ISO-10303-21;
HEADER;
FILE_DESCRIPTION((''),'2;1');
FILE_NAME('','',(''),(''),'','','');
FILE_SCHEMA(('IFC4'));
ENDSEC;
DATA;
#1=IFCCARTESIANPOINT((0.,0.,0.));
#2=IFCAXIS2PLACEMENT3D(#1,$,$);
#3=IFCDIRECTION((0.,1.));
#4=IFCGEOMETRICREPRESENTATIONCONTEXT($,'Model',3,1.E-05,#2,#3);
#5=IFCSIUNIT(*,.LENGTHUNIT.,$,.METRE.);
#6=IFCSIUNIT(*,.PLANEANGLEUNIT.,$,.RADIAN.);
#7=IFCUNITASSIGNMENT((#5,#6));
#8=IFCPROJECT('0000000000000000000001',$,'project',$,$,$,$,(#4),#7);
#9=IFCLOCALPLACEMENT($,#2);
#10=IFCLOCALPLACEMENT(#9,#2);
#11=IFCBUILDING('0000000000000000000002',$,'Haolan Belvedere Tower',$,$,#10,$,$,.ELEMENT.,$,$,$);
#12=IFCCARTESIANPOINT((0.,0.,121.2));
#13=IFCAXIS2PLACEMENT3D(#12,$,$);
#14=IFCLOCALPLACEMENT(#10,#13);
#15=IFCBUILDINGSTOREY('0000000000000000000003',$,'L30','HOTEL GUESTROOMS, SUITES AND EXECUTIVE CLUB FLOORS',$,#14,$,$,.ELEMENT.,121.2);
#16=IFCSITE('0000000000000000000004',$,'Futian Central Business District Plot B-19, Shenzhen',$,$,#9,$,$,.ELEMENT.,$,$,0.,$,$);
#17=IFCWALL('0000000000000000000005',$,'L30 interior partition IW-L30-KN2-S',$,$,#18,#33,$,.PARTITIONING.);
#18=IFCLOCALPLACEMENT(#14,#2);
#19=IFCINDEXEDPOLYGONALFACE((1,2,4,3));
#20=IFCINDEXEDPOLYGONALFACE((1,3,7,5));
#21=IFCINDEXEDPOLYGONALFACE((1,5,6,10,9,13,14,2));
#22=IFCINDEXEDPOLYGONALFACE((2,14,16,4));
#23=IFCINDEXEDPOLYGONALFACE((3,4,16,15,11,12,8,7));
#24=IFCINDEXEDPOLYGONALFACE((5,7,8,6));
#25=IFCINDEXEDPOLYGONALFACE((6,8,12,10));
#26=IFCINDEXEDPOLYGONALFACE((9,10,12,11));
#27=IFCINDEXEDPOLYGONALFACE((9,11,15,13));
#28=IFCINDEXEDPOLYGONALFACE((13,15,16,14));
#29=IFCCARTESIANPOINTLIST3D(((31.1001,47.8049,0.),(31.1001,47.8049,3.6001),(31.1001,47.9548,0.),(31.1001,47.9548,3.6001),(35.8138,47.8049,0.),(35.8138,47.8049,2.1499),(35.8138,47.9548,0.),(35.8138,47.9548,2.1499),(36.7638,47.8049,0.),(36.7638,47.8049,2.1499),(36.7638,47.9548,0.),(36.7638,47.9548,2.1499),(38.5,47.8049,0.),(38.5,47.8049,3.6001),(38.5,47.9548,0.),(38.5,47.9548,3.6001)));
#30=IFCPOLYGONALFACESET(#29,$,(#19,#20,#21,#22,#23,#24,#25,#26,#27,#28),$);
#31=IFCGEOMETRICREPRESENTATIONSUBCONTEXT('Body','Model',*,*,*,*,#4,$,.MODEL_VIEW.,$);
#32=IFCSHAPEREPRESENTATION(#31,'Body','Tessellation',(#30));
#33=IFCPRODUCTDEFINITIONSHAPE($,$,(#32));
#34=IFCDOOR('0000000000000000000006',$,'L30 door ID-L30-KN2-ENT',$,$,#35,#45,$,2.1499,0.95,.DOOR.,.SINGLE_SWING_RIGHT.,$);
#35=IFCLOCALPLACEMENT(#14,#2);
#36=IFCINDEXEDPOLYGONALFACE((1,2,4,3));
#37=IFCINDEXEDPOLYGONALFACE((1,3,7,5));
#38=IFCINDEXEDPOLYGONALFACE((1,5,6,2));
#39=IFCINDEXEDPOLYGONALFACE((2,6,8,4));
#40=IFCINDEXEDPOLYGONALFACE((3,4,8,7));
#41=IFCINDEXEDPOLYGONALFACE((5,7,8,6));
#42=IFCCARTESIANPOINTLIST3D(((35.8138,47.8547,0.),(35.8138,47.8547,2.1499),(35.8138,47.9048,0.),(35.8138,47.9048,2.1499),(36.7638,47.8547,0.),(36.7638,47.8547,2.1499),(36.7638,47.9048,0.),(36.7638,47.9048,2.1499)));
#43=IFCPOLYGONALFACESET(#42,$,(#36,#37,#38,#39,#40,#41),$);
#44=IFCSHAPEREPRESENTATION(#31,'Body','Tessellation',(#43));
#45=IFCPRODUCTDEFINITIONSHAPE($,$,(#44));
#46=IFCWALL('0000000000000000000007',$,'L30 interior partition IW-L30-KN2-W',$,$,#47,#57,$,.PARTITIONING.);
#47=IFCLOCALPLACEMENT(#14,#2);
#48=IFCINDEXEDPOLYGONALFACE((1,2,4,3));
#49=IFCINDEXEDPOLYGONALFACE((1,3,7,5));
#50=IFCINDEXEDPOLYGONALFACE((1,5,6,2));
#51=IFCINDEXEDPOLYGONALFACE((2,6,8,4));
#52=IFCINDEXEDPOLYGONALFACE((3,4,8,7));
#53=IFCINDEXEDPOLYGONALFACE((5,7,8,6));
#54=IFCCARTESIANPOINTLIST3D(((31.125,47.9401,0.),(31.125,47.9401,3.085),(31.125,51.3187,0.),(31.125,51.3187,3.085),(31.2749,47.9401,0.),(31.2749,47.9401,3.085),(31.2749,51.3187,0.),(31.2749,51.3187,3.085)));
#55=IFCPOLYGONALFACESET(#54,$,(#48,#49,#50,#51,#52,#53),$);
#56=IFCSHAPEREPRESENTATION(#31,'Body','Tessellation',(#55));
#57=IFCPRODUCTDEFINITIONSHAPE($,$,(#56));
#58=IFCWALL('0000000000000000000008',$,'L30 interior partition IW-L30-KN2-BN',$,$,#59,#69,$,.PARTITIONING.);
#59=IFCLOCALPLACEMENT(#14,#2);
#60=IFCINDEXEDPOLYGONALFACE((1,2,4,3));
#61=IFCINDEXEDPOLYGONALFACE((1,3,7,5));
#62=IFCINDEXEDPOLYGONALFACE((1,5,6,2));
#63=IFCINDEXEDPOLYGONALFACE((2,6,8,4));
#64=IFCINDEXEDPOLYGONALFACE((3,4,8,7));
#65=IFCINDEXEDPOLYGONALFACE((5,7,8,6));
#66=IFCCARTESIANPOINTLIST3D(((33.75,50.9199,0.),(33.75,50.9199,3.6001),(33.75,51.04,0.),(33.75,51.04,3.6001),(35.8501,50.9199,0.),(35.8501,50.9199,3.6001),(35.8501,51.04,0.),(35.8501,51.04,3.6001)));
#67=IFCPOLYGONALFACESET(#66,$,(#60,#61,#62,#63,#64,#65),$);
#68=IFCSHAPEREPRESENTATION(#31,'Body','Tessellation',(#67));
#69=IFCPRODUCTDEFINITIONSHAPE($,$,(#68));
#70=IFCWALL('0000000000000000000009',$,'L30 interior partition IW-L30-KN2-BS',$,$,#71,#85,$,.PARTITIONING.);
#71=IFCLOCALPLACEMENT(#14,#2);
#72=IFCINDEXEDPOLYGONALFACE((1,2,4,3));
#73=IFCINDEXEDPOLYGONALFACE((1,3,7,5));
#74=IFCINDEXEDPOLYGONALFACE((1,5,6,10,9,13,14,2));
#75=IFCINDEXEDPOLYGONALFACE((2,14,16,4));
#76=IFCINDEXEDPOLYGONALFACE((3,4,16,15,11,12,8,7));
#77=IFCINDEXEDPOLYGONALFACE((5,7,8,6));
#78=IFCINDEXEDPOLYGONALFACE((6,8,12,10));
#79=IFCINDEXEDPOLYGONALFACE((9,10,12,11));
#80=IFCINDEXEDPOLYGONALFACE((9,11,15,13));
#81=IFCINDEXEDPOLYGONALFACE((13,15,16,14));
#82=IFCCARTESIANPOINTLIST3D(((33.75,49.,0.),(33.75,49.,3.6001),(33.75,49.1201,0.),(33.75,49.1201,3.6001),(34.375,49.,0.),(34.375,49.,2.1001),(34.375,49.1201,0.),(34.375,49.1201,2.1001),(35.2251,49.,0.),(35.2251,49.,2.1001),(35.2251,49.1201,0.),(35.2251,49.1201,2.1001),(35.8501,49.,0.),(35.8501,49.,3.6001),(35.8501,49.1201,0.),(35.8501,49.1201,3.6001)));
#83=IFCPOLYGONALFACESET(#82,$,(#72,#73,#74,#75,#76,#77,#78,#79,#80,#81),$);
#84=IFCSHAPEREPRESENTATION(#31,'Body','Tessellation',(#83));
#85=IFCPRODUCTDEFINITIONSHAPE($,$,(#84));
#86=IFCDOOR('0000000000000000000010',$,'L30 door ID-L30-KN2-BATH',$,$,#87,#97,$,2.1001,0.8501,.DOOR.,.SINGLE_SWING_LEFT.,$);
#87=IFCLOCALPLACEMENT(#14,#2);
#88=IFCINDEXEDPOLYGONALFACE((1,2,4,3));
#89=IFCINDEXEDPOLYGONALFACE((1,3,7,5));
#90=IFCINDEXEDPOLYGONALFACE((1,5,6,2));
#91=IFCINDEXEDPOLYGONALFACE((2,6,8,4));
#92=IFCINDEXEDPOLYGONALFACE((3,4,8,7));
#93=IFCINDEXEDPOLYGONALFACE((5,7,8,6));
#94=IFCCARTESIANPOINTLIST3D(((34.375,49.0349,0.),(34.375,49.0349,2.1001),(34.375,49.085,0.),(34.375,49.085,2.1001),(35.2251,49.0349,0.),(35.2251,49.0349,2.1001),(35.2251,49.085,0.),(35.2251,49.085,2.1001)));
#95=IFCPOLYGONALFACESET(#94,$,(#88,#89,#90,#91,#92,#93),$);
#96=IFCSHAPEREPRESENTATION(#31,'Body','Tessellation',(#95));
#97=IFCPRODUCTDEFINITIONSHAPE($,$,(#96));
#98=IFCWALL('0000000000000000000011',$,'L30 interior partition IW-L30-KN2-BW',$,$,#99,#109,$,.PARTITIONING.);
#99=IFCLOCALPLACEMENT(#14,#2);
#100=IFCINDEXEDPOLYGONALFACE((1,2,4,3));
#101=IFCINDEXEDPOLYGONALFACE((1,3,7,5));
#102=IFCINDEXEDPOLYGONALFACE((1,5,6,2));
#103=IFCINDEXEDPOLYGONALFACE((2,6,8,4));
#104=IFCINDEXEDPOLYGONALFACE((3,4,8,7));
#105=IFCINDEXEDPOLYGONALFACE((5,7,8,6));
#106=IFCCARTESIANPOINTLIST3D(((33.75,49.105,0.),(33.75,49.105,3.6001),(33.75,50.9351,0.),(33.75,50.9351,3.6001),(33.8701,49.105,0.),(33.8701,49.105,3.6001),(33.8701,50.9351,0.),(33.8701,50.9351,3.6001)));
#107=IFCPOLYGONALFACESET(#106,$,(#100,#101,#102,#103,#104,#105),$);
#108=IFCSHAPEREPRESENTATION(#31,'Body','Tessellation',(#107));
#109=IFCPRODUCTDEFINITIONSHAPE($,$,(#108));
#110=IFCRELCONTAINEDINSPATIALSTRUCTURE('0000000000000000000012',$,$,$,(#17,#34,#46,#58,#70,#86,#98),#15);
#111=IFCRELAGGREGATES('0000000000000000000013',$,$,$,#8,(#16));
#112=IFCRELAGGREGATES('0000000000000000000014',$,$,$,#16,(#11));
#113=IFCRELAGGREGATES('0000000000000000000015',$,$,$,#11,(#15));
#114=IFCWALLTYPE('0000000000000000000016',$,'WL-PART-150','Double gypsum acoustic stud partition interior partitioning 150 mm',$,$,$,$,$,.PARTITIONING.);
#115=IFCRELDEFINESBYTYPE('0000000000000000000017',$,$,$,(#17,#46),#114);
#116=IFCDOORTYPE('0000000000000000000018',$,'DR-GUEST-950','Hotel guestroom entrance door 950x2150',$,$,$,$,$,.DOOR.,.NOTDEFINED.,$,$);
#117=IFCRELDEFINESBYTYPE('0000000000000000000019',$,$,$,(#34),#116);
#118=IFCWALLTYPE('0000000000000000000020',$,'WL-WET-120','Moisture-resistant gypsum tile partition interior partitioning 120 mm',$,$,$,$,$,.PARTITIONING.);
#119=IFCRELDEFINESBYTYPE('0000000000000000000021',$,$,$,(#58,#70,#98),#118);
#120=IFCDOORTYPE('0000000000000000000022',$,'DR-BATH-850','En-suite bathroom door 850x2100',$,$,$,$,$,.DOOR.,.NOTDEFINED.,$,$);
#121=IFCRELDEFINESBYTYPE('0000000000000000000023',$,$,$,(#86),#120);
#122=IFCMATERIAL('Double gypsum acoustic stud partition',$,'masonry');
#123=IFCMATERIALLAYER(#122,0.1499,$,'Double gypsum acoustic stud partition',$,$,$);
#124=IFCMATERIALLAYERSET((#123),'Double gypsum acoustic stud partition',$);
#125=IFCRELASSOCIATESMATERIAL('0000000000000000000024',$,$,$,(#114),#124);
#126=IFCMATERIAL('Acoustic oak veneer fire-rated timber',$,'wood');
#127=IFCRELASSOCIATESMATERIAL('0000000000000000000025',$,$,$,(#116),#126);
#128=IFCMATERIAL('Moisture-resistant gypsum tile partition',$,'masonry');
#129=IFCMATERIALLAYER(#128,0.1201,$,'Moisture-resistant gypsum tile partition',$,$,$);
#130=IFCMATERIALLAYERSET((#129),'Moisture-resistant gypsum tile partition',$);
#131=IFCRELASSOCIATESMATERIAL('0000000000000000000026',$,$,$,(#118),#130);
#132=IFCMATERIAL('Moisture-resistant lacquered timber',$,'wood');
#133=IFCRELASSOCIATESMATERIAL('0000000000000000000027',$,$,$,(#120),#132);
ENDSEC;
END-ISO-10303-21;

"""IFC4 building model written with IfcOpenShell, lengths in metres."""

from ifc_helpers import new_model, si_unit, direction, frame, frame_2d, origin, place, context, subcontext, project, spatial, rectangle, extrude, material, layer, layer_set, type_object, element, fill, save


model = new_model("IFC4")

# Units and contexts
model_context = context("Model", 3, precision=1e-05, world=origin(), true_north=direction((0.0, 1.0)))
body_context = subcontext(model_context, "Body", "Model", "MODEL_VIEW")
ifc_project = project(units=[si_unit("LENGTHUNIT", "METRE"), si_unit("PLANEANGLEUNIT", "RADIAN")], contexts=[model_context])

# Site, building, storey
site_placement = place(None, origin())
site = spatial("IfcSite", under=ifc_project, at=site_placement, Name="Futian Central Business District Plot B-19, Shenzhen", CompositionType="ELEMENT", RefElevation=0.0)
building_placement = place(site_placement, origin())
building = spatial("IfcBuilding", under=site, at=building_placement, Name="Haolan Belvedere Tower", CompositionType="ELEMENT")
storey_placement = place(building_placement, frame((0.0, 0.0, 121.2)))
storey = spatial("IfcBuildingStorey", under=building, at=storey_placement, Name="L30", Description="HOTEL GUESTROOMS, SUITES AND EXECUTIVE CLUB FLOORS", CompositionType="ELEMENT", Elevation=121.2)

# Wall, opening, door
ifc_material_1 = material(Name="Double gypsum acoustic stud partition", Category="masonry")
ifc_layer_1 = layer(ifc_material_1, 0.1499, Name="Double gypsum acoustic stud partition")
ifc_layer_set_1 = layer_set([ifc_layer_1], Name="Double gypsum acoustic stud partition")
wall_type_1 = type_object("IfcWallType", Name="WL-PART-150", Description="Double gypsum acoustic stud partition interior partitioning 150 mm", PredefinedType="PARTITIONING", material=ifc_layer_set_1)
wall_1_placement = place(storey_placement, frame((31.1001, 47.8799, 0.0), z_axis=(0.0, 0.0, 1.0), x_axis=(1.0, 0.0, 0.0)))
wall_1 = element("IfcWall", 1, at=wall_1_placement, inside=storey, type_object=wall_type_1, Name="L30 interior partition IW-L30-KN2-S", PredefinedType="PARTITIONING", context=body_context, shape_type="SweptSolid", body=[
    extrude(rectangle(XDim=7.3999, YDim=0.1499, at=frame_2d((3.7, 0.0))), origin(), (0.0, 0.0, 1.0), 3.6001),
])
opening_1_placement = place(wall_1_placement, frame((4.7136, 0.0, 0.0)))
opening_1 = element("IfcOpeningElement", 2, at=opening_1_placement, cuts=wall_1, PredefinedType="OPENING", context=body_context, shape_type="SweptSolid", body=[
    extrude(rectangle(XDim=0.95, YDim=2.1499, at=frame_2d((0.4751, 1.075))), frame((0.0, 0.085, 0.0), z_axis=(0.0, -1.0, 0.0), x_axis=(1.0, 0.0, 0.0)), (0.0, 0.0, 1.0), 0.1699),
])
ifc_material_2 = material(Name="Acoustic oak veneer fire-rated timber", Category="wood")
door_type_1 = type_object("IfcDoorType", Name="DR-GUEST-950", Description="Hotel guestroom entrance door 950x2150", OperationType="NOTDEFINED", PredefinedType="DOOR", material=ifc_material_2)
door_1_placement = place(opening_1_placement, origin())
door_1 = element("IfcDoor", 3, at=door_1_placement, inside=storey, type_object=door_type_1, Name="L30 door ID-L30-KN2-ENT", OperationType="SINGLE_SWING_RIGHT", OverallHeight=2.1499, OverallWidth=0.95, PredefinedType="DOOR", context=body_context, shape_type="SweptSolid", body=[
    extrude(rectangle(XDim=0.95, YDim=2.1499, at=frame_2d((0.4751, 1.075))), frame((0.0, 0.0249, 0.0), z_axis=(0.0, -1.0, 0.0), x_axis=(1.0, 0.0, 0.0)), (0.0, 0.0, 1.0), 0.05),
])
fill(opening_1, door_1)

# Walls
wall_2_placement = place(storey_placement, frame((31.2, 47.9399, 0.0), z_axis=(0.0, 0.0, 1.0), x_axis=(0.0, 1.0, 0.0)))
element("IfcWall", 4, at=wall_2_placement, inside=storey, type_object=wall_type_1, Name="L30 interior partition IW-L30-KN2-W", PredefinedType="PARTITIONING", context=body_context, shape_type="SweptSolid", body=[
    extrude(rectangle(XDim=3.3787, YDim=0.1499, at=frame_2d((1.6895, 0.0))), origin(), (0.0, 0.0, 1.0), 3.085),
])
ifc_material_3 = material(Name="Moisture-resistant gypsum tile partition", Category="masonry")
ifc_layer_2 = layer(ifc_material_3, 0.1201, Name="Moisture-resistant gypsum tile partition")
ifc_layer_set_2 = layer_set([ifc_layer_2], Name="Moisture-resistant gypsum tile partition")
wall_type_2 = type_object("IfcWallType", Name="WL-WET-120", Description="Moisture-resistant gypsum tile partition interior partitioning 120 mm", PredefinedType="PARTITIONING", material=ifc_layer_set_2)
wall_3_placement = place(storey_placement, frame((33.75, 50.98, 0.0), z_axis=(0.0, 0.0, 1.0), x_axis=(1.0, 0.0, 0.0)))
element("IfcWall", 5, at=wall_3_placement, inside=storey, type_object=wall_type_2, Name="L30 interior partition IW-L30-KN2-BN", PredefinedType="PARTITIONING", context=body_context, shape_type="SweptSolid", body=[
    extrude(rectangle(XDim=2.1001, YDim=0.1201, at=frame_2d((1.05, 0.0))), origin(), (0.0, 0.0, 1.0), 3.6001),
])

# Wall, opening, door
wall_4_placement = place(storey_placement, frame((33.75, 49.0601, 0.0), z_axis=(0.0, 0.0, 1.0), x_axis=(1.0, 0.0, 0.0)))
wall_4 = element("IfcWall", 6, at=wall_4_placement, inside=storey, type_object=wall_type_2, Name="L30 interior partition IW-L30-KN2-BS", PredefinedType="PARTITIONING", context=body_context, shape_type="SweptSolid", body=[
    extrude(rectangle(XDim=2.1001, YDim=0.1201, at=frame_2d((1.05, 0.0))), origin(), (0.0, 0.0, 1.0), 3.6001),
])
opening_2_placement = place(wall_4_placement, frame((0.625, 0.0, 0.0)))
opening_2 = element("IfcOpeningElement", 7, at=opening_2_placement, cuts=wall_4, PredefinedType="OPENING", context=body_context, shape_type="SweptSolid", body=[
    extrude(rectangle(XDim=0.8501, YDim=2.1001, at=frame_2d((0.425, 1.05))), frame((0.0, 0.0701, 0.0), z_axis=(0.0, -1.0, 0.0), x_axis=(1.0, 0.0, 0.0)), (0.0, 0.0, 1.0), 0.1401),
])
ifc_material_4 = material(Name="Moisture-resistant lacquered timber", Category="wood")
door_type_2 = type_object("IfcDoorType", Name="DR-BATH-850", Description="En-suite bathroom door 850x2100", OperationType="NOTDEFINED", PredefinedType="DOOR", material=ifc_material_4)
door_2_placement = place(opening_2_placement, origin())
door_2 = element("IfcDoor", 8, at=door_2_placement, inside=storey, type_object=door_type_2, Name="L30 door ID-L30-KN2-BATH", OperationType="SINGLE_SWING_LEFT", OverallHeight=2.1001, OverallWidth=0.8501, PredefinedType="DOOR", context=body_context, shape_type="SweptSolid", body=[
    extrude(rectangle(XDim=0.8501, YDim=2.1001, at=frame_2d((0.425, 1.05))), frame((0.0, 0.0249, 0.0), z_axis=(0.0, -1.0, 0.0), x_axis=(1.0, 0.0, 0.0)), (0.0, 0.0, 1.0), 0.05),
])
fill(opening_2, door_2)

# Wall
wall_5_placement = place(storey_placement, frame((33.8101, 49.105, 0.0), z_axis=(0.0, 0.0, 1.0), x_axis=(0.0, 1.0, 0.0)))
element("IfcWall", 9, at=wall_5_placement, inside=storey, type_object=wall_type_2, Name="L30 interior partition IW-L30-KN2-BW", PredefinedType="PARTITIONING", context=body_context, shape_type="SweptSolid", body=[
    extrude(rectangle(XDim=1.8301, YDim=0.1201, at=frame_2d((0.915, 0.0))), origin(), (0.0, 0.0, 1.0), 3.6001),
])

save(model, "model.ifc")
